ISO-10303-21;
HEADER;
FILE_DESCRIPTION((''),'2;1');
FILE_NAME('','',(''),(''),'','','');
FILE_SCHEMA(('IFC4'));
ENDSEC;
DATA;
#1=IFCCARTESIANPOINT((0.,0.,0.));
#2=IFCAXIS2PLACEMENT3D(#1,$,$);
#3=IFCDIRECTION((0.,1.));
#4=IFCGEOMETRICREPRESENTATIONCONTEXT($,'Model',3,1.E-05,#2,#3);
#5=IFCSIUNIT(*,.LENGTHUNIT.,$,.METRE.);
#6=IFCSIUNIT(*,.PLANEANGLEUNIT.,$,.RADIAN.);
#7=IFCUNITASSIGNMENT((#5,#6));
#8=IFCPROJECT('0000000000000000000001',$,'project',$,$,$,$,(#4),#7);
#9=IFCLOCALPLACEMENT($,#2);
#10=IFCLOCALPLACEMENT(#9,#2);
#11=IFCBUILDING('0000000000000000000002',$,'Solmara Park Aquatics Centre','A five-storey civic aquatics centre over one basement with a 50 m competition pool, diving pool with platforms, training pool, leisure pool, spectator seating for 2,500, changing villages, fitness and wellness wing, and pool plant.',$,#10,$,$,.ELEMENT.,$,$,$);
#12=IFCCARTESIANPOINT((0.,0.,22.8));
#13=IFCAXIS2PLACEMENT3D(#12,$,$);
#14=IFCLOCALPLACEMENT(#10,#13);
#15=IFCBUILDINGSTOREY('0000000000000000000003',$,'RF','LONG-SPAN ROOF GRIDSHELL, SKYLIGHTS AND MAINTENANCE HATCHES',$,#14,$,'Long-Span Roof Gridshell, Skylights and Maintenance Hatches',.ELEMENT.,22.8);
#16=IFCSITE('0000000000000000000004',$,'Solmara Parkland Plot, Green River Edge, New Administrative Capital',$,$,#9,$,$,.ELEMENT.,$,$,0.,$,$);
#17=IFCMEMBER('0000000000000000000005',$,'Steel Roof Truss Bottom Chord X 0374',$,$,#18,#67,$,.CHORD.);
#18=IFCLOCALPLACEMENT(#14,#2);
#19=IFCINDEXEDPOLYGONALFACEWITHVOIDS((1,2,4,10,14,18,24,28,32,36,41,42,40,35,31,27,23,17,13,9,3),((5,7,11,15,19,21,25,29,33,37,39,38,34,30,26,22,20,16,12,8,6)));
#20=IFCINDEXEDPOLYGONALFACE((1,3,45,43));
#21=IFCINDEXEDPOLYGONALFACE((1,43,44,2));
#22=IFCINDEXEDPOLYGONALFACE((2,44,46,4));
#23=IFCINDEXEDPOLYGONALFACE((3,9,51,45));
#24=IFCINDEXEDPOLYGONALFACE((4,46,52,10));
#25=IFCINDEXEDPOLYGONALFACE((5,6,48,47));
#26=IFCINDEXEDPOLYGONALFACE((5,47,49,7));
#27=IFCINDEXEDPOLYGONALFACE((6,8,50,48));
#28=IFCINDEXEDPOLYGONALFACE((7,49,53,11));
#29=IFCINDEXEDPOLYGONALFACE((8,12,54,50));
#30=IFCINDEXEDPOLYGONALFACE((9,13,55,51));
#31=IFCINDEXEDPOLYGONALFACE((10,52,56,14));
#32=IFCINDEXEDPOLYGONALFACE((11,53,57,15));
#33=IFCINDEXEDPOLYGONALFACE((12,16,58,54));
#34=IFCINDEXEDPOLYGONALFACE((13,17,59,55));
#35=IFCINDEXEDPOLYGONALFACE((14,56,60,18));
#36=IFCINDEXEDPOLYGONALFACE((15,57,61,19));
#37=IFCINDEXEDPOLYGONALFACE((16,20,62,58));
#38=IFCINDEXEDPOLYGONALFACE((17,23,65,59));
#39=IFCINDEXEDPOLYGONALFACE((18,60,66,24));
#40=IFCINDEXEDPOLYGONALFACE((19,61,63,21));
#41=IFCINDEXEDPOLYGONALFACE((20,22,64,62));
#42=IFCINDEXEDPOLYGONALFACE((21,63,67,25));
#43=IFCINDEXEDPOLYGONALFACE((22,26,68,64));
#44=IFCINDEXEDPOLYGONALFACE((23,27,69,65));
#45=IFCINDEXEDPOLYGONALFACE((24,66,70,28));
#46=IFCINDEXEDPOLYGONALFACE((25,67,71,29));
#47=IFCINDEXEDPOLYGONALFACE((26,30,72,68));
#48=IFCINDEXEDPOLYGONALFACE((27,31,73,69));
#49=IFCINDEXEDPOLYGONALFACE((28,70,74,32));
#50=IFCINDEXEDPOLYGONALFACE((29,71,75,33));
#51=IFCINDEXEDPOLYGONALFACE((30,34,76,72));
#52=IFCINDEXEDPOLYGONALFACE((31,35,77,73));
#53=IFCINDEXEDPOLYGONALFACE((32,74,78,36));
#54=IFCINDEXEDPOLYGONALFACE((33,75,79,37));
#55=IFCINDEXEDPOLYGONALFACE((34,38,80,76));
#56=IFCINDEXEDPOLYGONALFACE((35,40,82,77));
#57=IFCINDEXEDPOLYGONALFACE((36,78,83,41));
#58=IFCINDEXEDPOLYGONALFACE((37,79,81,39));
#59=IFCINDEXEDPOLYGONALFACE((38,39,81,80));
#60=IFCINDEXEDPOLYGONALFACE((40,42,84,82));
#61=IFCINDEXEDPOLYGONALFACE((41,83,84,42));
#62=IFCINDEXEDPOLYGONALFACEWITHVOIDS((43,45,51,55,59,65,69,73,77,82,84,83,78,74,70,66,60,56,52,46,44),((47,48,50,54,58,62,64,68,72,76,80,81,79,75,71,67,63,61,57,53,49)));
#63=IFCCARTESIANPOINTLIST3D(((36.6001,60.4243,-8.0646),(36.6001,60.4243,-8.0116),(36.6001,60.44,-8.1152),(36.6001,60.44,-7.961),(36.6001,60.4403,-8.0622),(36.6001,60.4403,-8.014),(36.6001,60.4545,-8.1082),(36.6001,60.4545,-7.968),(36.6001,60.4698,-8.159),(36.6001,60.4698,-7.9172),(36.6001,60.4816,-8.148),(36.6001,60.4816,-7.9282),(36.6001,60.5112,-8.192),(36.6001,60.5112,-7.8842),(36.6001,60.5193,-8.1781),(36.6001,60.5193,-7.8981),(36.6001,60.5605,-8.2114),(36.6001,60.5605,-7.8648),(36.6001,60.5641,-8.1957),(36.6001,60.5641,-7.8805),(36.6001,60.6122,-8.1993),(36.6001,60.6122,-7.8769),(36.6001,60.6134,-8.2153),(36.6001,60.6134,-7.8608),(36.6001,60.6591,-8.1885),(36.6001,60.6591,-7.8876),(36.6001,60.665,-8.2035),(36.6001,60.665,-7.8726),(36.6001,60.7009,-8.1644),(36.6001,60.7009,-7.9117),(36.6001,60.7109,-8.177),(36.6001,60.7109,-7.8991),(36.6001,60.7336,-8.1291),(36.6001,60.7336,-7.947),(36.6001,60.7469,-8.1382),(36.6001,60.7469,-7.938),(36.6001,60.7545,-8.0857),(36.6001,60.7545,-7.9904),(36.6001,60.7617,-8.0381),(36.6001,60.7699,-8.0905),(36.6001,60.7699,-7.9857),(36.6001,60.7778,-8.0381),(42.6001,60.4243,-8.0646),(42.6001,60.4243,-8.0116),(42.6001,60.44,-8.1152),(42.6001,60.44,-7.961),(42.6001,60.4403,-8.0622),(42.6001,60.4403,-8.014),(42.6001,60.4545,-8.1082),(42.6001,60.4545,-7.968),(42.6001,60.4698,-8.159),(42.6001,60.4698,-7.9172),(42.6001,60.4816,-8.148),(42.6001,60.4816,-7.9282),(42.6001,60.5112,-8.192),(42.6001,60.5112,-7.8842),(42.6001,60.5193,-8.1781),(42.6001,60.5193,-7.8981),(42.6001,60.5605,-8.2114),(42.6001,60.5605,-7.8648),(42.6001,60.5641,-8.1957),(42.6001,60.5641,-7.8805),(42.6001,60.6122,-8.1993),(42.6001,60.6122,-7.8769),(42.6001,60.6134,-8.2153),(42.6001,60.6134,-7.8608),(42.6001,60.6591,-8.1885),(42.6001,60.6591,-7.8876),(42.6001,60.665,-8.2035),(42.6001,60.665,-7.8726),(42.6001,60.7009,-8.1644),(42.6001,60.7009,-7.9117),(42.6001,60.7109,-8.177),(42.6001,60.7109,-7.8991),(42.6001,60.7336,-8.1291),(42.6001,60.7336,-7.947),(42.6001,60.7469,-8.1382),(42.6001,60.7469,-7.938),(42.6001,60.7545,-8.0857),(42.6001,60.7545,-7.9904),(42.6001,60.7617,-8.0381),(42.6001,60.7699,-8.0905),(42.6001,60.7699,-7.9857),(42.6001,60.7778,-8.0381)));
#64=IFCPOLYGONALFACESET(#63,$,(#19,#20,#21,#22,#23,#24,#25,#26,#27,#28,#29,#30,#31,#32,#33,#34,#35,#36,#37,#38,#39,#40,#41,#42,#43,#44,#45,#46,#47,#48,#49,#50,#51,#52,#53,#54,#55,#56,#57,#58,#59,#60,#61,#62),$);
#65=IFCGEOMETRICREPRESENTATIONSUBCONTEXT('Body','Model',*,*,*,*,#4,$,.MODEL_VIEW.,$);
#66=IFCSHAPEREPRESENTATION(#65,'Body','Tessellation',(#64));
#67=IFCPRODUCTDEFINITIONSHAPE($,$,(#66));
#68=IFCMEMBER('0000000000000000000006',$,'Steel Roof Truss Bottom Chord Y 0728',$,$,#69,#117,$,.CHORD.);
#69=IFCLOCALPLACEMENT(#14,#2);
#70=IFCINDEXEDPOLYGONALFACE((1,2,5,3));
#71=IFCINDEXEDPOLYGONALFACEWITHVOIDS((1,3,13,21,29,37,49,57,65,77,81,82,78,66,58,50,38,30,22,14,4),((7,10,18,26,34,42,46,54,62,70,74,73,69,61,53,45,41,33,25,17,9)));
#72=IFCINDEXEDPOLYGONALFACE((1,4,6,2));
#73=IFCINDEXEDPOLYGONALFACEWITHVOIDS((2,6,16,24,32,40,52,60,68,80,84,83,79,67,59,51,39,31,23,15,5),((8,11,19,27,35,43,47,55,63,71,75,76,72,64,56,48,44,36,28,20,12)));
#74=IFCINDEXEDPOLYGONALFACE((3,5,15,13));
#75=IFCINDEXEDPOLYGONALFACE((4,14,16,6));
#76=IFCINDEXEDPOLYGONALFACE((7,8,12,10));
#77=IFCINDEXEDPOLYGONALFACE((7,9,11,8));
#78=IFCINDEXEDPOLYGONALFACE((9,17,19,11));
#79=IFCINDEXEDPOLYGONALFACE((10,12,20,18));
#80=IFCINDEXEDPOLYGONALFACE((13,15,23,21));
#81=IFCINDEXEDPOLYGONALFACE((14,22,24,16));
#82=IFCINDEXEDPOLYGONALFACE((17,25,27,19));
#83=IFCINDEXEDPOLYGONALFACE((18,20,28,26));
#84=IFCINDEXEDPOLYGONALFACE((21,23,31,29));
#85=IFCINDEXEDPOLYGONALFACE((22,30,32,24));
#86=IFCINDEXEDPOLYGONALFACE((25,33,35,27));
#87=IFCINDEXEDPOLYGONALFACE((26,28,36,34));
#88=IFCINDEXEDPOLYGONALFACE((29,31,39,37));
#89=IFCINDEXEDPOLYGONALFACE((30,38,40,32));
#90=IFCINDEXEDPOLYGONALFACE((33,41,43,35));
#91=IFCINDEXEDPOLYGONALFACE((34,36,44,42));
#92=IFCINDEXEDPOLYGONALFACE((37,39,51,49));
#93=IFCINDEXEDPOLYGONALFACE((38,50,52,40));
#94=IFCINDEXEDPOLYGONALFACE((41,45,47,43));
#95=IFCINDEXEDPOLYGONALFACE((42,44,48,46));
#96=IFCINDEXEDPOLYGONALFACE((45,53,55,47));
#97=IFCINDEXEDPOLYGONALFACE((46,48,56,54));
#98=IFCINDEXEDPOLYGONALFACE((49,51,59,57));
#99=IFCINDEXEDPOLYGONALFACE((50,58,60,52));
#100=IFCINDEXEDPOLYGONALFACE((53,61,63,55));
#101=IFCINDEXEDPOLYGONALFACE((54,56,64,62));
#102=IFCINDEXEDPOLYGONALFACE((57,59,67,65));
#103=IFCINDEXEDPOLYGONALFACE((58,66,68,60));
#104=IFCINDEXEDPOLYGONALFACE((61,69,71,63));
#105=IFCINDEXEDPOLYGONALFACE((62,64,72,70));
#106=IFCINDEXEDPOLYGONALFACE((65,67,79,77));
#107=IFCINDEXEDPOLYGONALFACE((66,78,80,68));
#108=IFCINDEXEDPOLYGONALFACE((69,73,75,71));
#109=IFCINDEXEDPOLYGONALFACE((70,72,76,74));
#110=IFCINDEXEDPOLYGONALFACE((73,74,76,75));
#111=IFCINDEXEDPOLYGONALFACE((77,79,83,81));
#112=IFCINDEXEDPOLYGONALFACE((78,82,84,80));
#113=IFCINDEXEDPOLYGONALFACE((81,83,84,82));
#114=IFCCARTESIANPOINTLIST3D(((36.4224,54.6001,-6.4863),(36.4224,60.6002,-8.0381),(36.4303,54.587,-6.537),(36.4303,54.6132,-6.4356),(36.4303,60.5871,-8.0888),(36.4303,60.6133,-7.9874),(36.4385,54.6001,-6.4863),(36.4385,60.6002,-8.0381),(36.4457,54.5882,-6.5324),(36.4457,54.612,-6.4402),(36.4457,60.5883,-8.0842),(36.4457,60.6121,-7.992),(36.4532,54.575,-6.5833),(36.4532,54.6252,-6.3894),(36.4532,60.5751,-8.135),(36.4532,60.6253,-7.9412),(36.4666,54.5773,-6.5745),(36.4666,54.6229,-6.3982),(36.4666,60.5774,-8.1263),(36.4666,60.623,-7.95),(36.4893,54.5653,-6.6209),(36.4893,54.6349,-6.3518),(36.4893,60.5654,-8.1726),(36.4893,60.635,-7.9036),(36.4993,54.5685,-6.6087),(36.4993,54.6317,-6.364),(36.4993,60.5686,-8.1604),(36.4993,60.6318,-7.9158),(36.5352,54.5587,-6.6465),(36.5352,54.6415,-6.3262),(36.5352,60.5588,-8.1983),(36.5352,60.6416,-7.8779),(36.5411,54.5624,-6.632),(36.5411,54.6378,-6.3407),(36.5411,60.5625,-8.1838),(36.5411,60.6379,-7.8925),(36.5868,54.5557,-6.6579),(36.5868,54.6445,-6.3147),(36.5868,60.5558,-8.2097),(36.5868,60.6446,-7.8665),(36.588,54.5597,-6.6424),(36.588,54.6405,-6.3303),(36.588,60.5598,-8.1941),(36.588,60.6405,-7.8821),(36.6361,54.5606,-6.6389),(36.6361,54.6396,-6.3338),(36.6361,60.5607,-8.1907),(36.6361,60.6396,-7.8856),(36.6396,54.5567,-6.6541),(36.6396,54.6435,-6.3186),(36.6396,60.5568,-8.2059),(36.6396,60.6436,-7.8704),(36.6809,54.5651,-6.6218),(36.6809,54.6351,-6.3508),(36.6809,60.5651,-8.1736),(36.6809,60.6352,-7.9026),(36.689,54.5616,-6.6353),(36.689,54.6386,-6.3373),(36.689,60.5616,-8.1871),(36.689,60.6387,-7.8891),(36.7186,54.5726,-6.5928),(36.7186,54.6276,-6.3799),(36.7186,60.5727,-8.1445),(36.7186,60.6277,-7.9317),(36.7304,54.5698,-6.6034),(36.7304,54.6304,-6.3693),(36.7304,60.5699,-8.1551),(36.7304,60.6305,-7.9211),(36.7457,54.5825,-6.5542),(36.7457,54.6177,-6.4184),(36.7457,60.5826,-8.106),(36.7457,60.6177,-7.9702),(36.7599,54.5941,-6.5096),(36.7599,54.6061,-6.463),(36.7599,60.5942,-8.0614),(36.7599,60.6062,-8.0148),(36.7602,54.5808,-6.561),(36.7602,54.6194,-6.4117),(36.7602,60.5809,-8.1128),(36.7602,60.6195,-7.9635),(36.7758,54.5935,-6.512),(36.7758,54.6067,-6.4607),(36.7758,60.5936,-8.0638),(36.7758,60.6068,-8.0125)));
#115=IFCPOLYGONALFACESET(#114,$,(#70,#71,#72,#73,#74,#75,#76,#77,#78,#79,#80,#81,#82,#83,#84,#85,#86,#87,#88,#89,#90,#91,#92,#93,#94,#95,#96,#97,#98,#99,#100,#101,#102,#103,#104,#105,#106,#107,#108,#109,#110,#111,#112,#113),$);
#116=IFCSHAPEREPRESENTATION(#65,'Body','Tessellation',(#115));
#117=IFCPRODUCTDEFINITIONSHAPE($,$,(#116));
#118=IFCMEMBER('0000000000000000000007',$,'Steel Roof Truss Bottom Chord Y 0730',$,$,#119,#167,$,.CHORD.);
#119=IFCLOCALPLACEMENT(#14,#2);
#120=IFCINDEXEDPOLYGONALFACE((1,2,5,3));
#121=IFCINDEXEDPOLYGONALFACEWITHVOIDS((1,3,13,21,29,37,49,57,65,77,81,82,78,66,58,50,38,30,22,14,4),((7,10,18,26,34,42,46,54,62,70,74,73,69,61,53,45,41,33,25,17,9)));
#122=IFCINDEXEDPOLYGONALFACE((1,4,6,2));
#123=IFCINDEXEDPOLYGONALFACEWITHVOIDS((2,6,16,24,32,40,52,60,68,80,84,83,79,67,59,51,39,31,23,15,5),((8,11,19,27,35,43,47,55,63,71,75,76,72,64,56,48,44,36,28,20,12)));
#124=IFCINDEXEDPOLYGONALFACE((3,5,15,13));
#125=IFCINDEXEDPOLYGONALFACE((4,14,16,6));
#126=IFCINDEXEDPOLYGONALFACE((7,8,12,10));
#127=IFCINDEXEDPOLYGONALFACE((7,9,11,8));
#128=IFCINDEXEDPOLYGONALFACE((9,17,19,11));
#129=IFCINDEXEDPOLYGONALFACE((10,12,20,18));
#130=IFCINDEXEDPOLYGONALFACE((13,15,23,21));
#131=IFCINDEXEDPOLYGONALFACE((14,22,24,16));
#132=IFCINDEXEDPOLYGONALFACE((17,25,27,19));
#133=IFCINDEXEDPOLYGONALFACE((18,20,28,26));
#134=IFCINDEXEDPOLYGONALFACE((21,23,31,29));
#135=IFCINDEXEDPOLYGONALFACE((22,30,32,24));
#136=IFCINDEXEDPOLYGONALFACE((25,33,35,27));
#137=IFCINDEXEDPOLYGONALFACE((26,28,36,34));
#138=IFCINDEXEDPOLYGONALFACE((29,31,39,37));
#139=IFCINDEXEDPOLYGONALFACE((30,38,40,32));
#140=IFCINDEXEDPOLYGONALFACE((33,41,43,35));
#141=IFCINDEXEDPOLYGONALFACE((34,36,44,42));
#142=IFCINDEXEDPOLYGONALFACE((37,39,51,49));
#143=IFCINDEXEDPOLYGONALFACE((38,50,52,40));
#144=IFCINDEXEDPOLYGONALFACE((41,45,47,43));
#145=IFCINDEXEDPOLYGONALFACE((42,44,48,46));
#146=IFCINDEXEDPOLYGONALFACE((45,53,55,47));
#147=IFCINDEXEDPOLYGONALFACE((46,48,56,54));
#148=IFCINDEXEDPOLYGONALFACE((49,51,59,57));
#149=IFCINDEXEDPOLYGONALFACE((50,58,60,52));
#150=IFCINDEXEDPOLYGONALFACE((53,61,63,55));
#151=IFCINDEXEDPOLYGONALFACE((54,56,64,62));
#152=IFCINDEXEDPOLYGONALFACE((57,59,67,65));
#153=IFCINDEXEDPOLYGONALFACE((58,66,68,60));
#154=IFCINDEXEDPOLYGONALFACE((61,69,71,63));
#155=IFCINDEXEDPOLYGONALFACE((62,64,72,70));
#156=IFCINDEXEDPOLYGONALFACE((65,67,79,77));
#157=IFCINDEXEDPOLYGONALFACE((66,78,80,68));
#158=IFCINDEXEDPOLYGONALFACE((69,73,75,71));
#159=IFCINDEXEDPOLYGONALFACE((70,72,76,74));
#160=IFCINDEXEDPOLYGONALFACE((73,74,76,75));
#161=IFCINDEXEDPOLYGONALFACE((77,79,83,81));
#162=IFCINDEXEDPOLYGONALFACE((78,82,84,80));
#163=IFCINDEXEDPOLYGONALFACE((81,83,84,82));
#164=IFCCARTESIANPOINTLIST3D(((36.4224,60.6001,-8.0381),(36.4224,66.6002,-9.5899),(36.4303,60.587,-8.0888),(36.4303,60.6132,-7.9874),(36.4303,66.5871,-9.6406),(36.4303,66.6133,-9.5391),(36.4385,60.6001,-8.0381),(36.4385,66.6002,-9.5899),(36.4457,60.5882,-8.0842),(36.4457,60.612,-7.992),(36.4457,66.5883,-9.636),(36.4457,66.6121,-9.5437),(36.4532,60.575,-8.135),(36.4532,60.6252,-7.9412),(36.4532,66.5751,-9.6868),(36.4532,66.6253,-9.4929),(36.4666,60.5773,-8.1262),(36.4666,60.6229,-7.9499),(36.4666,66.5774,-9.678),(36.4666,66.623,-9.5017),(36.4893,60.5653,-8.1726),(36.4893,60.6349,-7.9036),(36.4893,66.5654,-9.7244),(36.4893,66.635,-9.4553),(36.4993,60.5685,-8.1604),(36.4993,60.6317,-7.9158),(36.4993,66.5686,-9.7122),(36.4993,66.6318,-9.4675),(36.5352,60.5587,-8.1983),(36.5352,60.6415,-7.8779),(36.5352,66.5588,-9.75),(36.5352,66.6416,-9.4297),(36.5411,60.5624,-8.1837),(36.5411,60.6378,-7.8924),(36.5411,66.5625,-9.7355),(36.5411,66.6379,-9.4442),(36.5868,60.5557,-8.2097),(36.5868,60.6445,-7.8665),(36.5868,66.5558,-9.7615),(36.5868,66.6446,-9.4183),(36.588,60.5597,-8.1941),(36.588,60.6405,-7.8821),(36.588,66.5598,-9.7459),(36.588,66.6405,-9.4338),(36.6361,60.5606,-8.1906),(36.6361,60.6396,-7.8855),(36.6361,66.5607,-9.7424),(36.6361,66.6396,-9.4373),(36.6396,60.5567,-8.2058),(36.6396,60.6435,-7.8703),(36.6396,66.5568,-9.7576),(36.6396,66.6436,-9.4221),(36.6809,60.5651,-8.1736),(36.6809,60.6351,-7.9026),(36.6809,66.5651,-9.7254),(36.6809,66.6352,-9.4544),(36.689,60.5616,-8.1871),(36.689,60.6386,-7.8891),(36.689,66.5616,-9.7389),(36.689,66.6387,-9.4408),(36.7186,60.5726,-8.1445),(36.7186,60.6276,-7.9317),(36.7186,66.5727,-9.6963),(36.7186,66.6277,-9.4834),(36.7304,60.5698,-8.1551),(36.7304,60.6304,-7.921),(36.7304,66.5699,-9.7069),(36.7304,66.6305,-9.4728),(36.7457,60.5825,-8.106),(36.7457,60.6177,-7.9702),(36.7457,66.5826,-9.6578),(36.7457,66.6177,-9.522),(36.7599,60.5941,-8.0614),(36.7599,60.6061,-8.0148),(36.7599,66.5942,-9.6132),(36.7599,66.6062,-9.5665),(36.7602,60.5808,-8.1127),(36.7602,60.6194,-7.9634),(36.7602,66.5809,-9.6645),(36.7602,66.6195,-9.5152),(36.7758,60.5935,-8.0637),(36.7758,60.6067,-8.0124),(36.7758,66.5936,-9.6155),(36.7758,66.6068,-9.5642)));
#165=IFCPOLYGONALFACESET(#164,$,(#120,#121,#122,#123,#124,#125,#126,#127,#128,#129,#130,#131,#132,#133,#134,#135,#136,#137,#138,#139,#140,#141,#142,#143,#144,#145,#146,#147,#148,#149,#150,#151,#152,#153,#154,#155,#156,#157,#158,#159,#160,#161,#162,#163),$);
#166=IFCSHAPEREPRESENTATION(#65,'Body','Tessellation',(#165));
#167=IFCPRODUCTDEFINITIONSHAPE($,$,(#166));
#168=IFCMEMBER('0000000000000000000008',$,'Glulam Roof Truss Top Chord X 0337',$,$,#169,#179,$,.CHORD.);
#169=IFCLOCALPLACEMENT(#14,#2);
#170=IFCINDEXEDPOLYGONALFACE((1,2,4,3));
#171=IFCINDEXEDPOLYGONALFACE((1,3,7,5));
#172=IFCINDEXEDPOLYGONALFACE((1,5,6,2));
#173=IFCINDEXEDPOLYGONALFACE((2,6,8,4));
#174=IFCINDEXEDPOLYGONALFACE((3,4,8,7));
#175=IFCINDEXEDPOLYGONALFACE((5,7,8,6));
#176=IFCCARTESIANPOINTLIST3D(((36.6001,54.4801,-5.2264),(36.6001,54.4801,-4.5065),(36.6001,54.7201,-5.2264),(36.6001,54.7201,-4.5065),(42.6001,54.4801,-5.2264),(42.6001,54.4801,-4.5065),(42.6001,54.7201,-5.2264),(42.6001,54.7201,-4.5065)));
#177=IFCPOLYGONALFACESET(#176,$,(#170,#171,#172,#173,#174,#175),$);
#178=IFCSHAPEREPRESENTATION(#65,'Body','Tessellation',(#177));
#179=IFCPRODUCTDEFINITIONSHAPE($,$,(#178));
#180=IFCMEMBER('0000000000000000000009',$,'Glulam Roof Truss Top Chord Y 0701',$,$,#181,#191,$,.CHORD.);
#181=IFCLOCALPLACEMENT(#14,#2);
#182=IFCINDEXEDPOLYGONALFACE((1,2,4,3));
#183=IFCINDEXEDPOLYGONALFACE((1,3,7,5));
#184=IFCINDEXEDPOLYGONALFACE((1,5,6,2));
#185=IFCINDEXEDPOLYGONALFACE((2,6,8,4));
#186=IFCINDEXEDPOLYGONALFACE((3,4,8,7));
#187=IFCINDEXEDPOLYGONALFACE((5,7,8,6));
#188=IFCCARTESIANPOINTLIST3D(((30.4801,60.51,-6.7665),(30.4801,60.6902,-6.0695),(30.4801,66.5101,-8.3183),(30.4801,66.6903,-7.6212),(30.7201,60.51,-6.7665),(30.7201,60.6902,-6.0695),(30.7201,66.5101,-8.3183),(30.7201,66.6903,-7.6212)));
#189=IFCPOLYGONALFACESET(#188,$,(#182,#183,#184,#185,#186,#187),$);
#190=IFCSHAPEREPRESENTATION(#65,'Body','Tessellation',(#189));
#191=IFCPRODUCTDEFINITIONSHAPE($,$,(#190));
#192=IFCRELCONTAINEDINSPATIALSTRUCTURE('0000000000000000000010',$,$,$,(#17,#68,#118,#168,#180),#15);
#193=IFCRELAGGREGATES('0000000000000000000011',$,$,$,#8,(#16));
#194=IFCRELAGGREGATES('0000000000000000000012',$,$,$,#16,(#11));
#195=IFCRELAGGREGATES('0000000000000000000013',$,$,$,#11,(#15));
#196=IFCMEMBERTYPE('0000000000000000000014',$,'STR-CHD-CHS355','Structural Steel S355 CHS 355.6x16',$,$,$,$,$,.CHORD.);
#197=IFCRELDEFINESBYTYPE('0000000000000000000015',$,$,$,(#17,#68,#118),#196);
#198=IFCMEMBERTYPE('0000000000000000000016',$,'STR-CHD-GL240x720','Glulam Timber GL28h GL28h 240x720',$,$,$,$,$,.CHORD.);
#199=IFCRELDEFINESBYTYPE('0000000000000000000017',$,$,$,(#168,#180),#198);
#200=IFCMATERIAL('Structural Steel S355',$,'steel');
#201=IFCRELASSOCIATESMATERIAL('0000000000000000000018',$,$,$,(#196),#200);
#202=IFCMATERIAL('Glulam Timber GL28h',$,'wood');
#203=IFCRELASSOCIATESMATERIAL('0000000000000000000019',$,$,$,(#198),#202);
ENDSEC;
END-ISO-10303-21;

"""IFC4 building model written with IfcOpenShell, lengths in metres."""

from ifc_helpers import new_model, si_unit, direction, frame, origin, origin_2d, place, context, subcontext, project, spatial, rectangle, hollow_circle, extrude, material, material_profile, profile_set, type_object, element, save


model = new_model("IFC4")

# Units and contexts
model_context = context("Model", 3, precision=1e-05, world=origin(), true_north=direction((0.0, 1.0)))
body_context = subcontext(model_context, "Body", "Model", "MODEL_VIEW")
ifc_project = project(units=[si_unit("LENGTHUNIT", "METRE"), si_unit("PLANEANGLEUNIT", "RADIAN")], contexts=[model_context])

# Site, building, storey
site_placement = place(None, origin())
site = spatial("IfcSite", under=ifc_project, at=site_placement, Name="Solmara Parkland Plot, Green River Edge, New Administrative Capital", CompositionType="ELEMENT", RefElevation=0.0)
building_placement = place(site_placement, origin())
building = spatial("IfcBuilding", under=site, at=building_placement, Name="Solmara Park Aquatics Centre", Description="A five-storey civic aquatics centre over one basement with a 50 m competition pool, diving pool with platforms, training pool, leisure pool, spectator seating for 2,500, changing villages, fitness and wellness wing, and pool plant.", CompositionType="ELEMENT")
storey_placement = place(building_placement, frame((0.0, 0.0, 22.8)))
storey = spatial("IfcBuildingStorey", under=building, at=storey_placement, Name="RF", Description="LONG-SPAN ROOF GRIDSHELL, SKYLIGHTS AND MAINTENANCE HATCHES", LongName="Long-Span Roof Gridshell, Skylights and Maintenance Hatches", CompositionType="ELEMENT", Elevation=22.8)

# Members
ifc_material_1 = material(Name="Structural Steel S355", Category="steel")
ifc_material_profile_1 = material_profile(ifc_material_1, hollow_circle(Radius=0.1777, WallThickness=0.0161, at=origin_2d()), Name="CHS 355.6x16")
ifc_profile_set_1 = profile_set([ifc_material_profile_1], Name="Structural Steel S355")
member_type_1 = type_object("IfcMemberType", Name="STR-CHD-CHS355", Description="Structural Steel S355 CHS 355.6x16", PredefinedType="CHORD", material=ifc_profile_set_1)
for number, where, z_axis, x_axis, name in (
    (1, (36.6001, 60.6001, -8.0381), (1.0, 0.0, 0.0), (0.0, 1.0, 0.0), "Steel Roof Truss Bottom Chord X 0374"),
):
    element("IfcMember", number, at=place(storey_placement, frame(where, z_axis=z_axis, x_axis=x_axis)), inside=storey, type_object=member_type_1, Name=name, PredefinedType="CHORD", context=body_context, shape_type="SweptSolid", body=[
        extrude(hollow_circle(Radius=0.1777, WallThickness=0.0161, at=origin_2d()), origin(), (0.0, 0.0, 1.0), 6.0),
    ])
for number, where, z_axis, x_axis, name in (
    (2, (36.6001, 54.6001, -6.4863), (0.0, 0.968146, -0.250388), (-1.0, 0.0, 0.0), "Steel Roof Truss Bottom Chord Y 0728"),
    (3, (36.6001, 60.6001, -8.0381), (0.0, 0.968146, -0.250388), (-1.0, 0.0, 0.0), "Steel Roof Truss Bottom Chord Y 0730"),
):
    element("IfcMember", number, at=place(storey_placement, frame(where, z_axis=z_axis, x_axis=x_axis)), inside=storey, type_object=member_type_1, Name=name, PredefinedType="CHORD", context=body_context, shape_type="SweptSolid", body=[
        extrude(hollow_circle(Radius=0.1777, WallThickness=0.0161, at=origin_2d()), origin(), (0.0, 0.0, 1.0), 6.1975),
    ])
ifc_material_2 = material(Name="Glulam Timber GL28h", Category="wood")
ifc_material_profile_2 = material_profile(ifc_material_2, rectangle(XDim=0.24, YDim=0.72, at=origin_2d()), Name="GL28h 240x720")
ifc_profile_set_2 = profile_set([ifc_material_profile_2], Name="Glulam Timber GL28h")
member_type_2 = type_object("IfcMemberType", Name="STR-CHD-GL240x720", Description="Glulam Timber GL28h GL28h 240x720", PredefinedType="CHORD", material=ifc_profile_set_2)
member_1_placement = place(storey_placement, frame((36.6001, 54.6001, -4.8665), z_axis=(1.0, 0.0, 0.0), x_axis=(0.0, 1.0, 0.0)))
element("IfcMember", 4, at=member_1_placement, inside=storey, type_object=member_type_2, Name="Glulam Roof Truss Top Chord X 0337", PredefinedType="CHORD", context=body_context, shape_type="SweptSolid", body=[
    extrude(rectangle(XDim=0.24, YDim=0.72, at=origin_2d()), origin(), (0.0, 0.0, 1.0), 6.0),
])
member_2_placement = place(storey_placement, frame((30.6001, 60.6001, -6.418), z_axis=(0.0, 0.968146, -0.250388), x_axis=(-1.0, 0.0, 0.0)))
element("IfcMember", 5, at=member_2_placement, inside=storey, type_object=member_type_2, Name="Glulam Roof Truss Top Chord Y 0701", PredefinedType="CHORD", context=body_context, shape_type="SweptSolid", body=[
    extrude(rectangle(XDim=0.24, YDim=0.72, at=origin_2d()), origin(), (0.0, 0.0, 1.0), 6.1975),
])

save(model, "model.ifc")
